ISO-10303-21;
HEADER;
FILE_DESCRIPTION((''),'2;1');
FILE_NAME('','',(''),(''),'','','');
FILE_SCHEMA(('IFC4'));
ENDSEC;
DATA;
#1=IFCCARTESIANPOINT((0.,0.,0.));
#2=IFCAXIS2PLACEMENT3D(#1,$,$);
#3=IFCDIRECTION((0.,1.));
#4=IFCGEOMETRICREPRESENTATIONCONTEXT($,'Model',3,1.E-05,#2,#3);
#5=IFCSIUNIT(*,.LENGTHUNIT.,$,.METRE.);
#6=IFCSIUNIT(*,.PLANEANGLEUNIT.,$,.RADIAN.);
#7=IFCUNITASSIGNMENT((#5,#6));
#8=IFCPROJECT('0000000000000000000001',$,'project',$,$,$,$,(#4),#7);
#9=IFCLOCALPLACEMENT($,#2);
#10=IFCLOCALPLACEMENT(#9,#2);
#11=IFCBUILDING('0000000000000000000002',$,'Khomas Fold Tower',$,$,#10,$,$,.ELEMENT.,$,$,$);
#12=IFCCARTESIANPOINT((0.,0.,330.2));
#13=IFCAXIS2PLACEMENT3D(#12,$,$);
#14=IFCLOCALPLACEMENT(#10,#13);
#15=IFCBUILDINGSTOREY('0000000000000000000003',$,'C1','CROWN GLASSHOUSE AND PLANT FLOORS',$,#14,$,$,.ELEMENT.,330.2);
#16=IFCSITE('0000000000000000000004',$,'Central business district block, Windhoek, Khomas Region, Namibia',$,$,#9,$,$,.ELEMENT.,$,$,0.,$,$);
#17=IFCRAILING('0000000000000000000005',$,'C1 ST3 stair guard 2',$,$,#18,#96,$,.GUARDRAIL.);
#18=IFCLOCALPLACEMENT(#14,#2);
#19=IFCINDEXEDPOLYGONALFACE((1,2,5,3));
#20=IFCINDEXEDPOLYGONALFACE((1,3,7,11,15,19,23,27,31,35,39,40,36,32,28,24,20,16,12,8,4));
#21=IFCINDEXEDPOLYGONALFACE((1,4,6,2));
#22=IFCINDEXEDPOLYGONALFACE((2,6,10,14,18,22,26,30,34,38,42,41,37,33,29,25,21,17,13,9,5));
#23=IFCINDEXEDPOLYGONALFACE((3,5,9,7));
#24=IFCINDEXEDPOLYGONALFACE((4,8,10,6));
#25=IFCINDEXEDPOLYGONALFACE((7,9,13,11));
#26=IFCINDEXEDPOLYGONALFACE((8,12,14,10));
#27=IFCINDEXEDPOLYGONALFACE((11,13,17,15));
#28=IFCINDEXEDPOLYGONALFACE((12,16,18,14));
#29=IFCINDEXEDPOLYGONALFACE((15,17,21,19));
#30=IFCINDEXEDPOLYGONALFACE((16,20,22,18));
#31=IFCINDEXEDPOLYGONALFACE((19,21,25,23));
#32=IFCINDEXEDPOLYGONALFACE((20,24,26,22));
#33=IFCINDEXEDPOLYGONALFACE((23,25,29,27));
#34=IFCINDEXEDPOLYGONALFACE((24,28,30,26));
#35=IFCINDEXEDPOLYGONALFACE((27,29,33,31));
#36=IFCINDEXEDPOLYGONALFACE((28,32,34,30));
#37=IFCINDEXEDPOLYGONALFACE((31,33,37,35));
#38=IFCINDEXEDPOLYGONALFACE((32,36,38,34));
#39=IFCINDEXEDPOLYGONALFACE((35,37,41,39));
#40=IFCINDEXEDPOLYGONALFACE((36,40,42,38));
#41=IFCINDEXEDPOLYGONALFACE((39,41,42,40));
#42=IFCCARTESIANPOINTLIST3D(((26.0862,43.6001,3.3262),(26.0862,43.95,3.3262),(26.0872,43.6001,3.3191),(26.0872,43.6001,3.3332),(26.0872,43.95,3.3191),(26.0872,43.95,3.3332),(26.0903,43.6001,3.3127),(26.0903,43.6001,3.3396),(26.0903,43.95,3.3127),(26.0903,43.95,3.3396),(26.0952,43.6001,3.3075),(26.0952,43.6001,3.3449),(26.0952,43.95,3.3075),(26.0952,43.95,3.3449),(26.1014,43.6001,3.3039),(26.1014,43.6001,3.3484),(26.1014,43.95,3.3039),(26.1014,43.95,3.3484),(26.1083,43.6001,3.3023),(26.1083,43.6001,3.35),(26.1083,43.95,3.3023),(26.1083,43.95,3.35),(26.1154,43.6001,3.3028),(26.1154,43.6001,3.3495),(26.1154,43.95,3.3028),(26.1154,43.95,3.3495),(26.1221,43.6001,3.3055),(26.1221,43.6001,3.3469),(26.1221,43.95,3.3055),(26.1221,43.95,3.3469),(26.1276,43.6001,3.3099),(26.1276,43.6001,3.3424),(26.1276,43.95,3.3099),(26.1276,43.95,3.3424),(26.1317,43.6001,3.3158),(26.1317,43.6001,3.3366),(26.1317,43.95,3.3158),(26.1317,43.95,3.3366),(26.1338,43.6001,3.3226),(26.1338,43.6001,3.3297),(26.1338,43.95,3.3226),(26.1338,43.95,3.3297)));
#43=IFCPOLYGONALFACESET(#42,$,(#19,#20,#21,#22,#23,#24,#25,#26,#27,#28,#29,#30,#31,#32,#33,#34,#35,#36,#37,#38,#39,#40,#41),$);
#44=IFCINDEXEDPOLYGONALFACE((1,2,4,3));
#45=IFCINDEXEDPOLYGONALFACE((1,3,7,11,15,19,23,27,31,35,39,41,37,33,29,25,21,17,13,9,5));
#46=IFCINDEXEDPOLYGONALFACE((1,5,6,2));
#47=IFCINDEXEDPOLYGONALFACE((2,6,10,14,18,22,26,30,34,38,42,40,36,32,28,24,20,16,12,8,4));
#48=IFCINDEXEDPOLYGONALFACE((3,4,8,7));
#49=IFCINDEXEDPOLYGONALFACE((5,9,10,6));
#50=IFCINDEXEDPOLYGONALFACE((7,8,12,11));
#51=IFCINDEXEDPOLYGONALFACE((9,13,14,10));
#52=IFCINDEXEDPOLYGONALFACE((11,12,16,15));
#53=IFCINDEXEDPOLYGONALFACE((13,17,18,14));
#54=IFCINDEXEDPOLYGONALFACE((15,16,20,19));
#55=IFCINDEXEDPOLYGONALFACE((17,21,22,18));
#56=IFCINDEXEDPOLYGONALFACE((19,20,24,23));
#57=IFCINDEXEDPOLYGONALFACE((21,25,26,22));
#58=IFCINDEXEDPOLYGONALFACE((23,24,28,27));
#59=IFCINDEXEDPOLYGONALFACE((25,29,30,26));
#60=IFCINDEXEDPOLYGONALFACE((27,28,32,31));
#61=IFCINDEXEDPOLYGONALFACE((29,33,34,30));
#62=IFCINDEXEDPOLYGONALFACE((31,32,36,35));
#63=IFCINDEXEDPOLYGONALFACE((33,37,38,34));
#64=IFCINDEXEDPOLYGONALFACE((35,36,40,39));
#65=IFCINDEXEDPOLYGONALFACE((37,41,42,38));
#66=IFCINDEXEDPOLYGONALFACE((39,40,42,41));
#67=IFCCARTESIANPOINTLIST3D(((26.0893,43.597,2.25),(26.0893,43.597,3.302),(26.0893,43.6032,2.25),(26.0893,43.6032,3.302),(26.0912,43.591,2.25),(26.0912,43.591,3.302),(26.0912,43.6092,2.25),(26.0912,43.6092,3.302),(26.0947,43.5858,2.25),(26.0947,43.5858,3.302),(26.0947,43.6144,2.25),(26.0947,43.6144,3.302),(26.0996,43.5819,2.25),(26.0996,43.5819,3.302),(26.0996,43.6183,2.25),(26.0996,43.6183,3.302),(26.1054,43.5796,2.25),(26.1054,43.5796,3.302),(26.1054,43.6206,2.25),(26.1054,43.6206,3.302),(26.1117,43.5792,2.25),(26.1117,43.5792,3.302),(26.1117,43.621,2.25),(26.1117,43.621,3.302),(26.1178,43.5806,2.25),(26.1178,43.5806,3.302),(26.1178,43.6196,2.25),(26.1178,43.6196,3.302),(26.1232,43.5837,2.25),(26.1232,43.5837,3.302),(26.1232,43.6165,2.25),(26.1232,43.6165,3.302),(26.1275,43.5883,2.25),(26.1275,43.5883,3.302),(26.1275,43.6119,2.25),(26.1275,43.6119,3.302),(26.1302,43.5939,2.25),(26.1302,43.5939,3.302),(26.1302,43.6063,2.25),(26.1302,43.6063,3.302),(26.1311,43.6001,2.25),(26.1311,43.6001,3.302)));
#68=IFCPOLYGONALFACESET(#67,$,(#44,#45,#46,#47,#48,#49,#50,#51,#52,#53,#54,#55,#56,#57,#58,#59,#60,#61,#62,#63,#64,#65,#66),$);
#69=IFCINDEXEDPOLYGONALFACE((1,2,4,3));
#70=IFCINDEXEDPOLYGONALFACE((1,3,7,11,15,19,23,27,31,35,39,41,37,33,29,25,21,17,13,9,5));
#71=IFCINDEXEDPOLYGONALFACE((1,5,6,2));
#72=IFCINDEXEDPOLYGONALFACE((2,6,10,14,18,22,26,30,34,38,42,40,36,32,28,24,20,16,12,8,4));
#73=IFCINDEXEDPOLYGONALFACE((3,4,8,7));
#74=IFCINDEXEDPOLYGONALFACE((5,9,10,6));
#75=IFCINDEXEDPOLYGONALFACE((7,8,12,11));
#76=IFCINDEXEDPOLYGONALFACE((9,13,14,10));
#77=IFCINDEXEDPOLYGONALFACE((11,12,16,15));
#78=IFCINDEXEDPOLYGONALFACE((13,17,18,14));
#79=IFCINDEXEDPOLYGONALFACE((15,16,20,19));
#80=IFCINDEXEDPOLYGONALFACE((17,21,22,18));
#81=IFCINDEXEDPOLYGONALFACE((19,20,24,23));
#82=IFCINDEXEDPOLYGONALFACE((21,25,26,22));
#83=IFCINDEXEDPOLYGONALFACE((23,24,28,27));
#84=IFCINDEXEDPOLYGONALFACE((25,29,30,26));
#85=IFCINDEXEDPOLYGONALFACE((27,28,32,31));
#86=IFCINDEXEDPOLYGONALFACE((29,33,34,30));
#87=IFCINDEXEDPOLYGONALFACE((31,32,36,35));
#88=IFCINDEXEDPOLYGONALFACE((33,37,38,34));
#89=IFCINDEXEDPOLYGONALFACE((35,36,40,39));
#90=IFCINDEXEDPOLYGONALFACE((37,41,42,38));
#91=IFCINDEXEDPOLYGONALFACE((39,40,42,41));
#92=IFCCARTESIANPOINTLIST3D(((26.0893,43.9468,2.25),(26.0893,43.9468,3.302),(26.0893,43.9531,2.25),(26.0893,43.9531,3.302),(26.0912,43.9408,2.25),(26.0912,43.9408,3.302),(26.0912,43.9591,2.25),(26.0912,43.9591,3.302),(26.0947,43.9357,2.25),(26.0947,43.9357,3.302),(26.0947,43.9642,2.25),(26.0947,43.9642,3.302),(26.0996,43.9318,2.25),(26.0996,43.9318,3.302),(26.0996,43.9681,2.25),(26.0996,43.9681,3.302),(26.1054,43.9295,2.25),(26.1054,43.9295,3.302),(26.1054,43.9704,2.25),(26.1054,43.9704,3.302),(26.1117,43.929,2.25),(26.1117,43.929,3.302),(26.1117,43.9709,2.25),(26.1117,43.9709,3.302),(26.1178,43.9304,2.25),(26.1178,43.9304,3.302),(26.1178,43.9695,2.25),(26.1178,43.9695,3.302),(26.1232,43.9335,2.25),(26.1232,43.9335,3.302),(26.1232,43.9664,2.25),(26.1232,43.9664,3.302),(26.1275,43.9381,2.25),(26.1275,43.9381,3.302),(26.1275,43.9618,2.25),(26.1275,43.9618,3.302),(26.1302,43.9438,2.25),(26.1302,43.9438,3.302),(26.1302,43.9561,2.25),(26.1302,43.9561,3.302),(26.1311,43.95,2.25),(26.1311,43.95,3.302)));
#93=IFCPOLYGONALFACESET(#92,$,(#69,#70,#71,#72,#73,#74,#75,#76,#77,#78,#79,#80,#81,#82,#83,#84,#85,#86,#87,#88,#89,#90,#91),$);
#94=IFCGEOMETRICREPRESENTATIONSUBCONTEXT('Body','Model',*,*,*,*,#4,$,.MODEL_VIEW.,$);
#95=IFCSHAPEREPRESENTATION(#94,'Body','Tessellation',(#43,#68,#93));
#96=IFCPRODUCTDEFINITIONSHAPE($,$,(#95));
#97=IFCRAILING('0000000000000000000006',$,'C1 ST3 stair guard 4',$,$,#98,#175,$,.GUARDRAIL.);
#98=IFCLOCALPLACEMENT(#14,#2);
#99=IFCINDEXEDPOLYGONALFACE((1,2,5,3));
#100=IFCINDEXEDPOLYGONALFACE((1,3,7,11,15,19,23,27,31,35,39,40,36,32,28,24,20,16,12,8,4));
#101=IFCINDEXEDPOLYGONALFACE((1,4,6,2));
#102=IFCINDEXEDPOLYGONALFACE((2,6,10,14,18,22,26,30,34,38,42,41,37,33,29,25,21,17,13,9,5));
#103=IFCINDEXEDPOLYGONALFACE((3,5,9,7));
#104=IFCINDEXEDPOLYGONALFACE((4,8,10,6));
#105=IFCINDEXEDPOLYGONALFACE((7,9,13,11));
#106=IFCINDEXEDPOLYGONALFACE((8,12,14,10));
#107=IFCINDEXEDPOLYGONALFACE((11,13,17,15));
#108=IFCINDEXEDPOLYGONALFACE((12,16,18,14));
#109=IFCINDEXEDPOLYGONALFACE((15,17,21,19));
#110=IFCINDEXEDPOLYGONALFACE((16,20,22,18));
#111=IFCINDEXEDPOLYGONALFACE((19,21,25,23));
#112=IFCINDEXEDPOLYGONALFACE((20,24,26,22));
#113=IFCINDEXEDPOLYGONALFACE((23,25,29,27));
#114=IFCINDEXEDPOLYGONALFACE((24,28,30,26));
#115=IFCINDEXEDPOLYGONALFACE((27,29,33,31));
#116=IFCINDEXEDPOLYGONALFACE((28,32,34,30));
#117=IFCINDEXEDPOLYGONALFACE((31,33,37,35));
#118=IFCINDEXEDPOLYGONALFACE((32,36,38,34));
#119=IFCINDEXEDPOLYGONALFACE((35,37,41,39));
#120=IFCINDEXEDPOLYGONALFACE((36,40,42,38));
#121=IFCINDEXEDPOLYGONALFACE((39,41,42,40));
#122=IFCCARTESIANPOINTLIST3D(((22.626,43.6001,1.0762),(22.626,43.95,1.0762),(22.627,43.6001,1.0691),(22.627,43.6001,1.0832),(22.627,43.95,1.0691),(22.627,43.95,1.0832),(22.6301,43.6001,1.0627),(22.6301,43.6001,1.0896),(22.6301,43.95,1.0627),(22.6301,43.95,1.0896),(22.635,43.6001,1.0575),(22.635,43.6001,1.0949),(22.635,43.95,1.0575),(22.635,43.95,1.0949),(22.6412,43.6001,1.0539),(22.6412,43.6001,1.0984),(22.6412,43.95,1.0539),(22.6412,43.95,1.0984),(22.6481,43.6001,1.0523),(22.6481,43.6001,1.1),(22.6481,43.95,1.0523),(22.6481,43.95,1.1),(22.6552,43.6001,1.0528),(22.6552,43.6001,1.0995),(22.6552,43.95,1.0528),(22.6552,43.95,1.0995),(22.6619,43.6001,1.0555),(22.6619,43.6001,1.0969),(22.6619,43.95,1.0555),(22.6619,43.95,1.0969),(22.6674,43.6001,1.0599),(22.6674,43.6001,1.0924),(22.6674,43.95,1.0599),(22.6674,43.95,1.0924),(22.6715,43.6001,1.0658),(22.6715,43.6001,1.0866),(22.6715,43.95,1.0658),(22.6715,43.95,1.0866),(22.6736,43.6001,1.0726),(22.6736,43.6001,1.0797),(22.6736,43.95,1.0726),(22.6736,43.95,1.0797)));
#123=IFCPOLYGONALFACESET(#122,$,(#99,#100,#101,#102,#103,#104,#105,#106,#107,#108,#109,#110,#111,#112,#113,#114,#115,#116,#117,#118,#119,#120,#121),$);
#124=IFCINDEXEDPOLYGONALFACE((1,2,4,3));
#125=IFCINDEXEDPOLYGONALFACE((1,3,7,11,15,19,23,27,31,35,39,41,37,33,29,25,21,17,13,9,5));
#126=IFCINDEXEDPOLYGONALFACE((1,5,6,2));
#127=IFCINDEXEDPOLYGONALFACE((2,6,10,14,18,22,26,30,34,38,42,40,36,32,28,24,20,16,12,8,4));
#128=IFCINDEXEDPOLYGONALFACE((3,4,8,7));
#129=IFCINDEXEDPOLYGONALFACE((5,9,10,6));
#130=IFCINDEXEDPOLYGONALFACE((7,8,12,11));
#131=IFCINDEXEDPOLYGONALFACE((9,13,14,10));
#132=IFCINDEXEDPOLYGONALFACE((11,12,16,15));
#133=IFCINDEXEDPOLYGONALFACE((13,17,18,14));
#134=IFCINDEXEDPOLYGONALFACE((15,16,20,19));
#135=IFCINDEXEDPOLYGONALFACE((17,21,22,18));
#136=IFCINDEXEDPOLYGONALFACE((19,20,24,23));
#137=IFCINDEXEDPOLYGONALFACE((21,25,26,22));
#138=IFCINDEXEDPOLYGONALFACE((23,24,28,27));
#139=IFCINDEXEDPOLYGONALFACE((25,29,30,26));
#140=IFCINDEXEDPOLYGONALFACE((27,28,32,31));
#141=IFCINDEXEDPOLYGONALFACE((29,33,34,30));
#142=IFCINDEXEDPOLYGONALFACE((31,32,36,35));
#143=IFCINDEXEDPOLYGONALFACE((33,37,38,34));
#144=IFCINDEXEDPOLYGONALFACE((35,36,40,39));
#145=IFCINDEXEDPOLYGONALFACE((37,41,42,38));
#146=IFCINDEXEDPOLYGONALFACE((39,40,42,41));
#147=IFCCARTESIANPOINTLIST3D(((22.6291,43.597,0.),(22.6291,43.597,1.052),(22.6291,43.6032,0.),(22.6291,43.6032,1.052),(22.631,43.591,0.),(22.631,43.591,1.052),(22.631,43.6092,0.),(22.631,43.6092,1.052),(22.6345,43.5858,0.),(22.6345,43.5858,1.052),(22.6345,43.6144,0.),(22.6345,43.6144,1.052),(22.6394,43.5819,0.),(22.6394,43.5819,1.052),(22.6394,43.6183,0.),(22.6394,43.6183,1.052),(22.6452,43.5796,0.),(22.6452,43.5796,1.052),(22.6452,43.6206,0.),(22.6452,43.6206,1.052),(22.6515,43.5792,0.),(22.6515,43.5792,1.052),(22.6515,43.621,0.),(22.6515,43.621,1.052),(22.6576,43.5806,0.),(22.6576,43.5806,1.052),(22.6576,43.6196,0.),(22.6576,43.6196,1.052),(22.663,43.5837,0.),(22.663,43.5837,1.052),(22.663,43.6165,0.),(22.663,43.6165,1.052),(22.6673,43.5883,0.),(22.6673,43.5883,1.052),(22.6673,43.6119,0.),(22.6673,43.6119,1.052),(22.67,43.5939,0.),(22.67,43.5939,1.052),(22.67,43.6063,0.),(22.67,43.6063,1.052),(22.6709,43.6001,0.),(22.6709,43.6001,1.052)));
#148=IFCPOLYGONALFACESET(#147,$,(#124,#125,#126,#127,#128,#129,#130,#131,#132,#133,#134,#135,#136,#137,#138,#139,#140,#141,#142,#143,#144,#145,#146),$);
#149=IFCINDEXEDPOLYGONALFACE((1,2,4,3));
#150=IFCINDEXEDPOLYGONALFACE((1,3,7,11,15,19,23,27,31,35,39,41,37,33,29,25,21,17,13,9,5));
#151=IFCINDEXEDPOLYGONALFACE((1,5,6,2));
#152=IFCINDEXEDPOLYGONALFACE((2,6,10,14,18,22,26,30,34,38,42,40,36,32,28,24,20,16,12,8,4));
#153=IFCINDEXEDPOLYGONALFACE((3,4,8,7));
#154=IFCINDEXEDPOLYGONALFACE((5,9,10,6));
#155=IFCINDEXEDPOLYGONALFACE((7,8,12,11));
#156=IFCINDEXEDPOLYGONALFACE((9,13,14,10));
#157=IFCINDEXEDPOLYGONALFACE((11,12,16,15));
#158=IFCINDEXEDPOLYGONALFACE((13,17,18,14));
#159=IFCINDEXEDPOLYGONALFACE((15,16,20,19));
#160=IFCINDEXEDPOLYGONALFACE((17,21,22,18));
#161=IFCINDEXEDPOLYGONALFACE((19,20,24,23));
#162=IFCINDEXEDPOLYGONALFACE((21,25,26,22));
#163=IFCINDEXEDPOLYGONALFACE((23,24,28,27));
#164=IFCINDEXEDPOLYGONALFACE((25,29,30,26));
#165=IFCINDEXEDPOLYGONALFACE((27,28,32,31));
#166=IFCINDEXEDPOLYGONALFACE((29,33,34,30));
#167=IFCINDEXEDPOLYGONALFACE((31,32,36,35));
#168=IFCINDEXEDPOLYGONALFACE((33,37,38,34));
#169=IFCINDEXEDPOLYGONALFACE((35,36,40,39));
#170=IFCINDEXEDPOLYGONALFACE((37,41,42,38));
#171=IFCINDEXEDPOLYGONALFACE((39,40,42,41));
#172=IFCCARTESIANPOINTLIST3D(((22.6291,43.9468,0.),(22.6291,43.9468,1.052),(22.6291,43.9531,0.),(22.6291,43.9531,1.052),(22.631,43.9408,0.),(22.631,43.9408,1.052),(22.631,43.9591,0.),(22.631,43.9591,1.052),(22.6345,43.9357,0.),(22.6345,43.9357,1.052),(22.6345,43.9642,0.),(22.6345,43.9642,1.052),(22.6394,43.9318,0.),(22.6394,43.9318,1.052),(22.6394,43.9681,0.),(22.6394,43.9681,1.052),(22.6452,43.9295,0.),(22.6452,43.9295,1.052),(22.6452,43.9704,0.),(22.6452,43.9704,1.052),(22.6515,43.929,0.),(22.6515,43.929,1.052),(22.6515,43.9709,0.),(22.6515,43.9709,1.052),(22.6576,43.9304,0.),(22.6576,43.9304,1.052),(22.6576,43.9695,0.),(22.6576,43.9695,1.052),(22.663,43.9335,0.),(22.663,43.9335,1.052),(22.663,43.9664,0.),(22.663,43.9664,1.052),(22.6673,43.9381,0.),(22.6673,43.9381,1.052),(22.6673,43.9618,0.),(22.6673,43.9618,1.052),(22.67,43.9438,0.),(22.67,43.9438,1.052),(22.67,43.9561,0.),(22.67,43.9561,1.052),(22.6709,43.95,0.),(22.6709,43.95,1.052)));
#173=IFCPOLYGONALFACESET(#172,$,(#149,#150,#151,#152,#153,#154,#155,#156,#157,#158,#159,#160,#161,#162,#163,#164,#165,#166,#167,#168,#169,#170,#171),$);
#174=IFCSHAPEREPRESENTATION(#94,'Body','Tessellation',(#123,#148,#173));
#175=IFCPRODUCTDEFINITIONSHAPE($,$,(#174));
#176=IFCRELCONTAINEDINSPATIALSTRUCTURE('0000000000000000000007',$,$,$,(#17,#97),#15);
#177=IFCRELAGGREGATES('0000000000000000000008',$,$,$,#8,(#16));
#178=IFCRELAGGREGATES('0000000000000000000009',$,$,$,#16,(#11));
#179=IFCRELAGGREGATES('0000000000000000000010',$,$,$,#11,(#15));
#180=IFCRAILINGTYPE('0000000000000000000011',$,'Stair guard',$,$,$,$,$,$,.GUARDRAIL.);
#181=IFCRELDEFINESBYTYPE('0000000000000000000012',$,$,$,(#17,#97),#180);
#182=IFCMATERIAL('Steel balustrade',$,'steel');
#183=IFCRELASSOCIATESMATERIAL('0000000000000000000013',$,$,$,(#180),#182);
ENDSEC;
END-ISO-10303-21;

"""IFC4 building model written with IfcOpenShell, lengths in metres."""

from ifc_helpers import new_model, si_unit, direction, frame, origin, origin_2d, place, context, subcontext, project, spatial, circle, extrude, source, transform, mapped, material, type_object, element, save


model = new_model("IFC4")

# Units and contexts
model_context = context("Model", 3, precision=1e-05, world=origin(), true_north=direction((0.0, 1.0)))
body_context = subcontext(model_context, "Body", "Model", "MODEL_VIEW")
ifc_project = project(units=[si_unit("LENGTHUNIT", "METRE"), si_unit("PLANEANGLEUNIT", "RADIAN")], contexts=[model_context])

# Site, building, storey
site_placement = place(None, origin())
site = spatial("IfcSite", under=ifc_project, at=site_placement, Name="Central business district block, Windhoek, Khomas Region, Namibia", CompositionType="ELEMENT", RefElevation=0.0)
building_placement = place(site_placement, origin())
building = spatial("IfcBuilding", under=site, at=building_placement, Name="Khomas Fold Tower", CompositionType="ELEMENT")
storey_placement = place(building_placement, frame((0.0, 0.0, 330.2)))
storey = spatial("IfcBuildingStorey", under=building, at=storey_placement, Name="C1", Description="CROWN GLASSHOUSE AND PLANT FLOORS", CompositionType="ELEMENT", Elevation=330.2)

# Railings
ifc_material_1 = material(Name="Steel balustrade", Category="steel")
railing_type_1 = type_object("IfcRailingType", Name="Stair guard", PredefinedType="GUARDRAIL", material=ifc_material_1)
shared_shape_1 = source(origin(), body_context, "Body", "SweptSolid", [
    extrude(circle(Radius=0.0239, at=origin_2d()), frame((0.0, 0.0, 1.0762), z_axis=(0.0, 1.0, 0.0), x_axis=(-1.0, 0.0, 0.0)), (0.0, 0.0, 1.0), 0.3499),
    extrude(circle(Radius=0.021, at=origin_2d()), origin(), (0.0, 0.0, 1.0), 1.052),
    extrude(circle(Radius=0.021, at=origin_2d()), frame((0.0, 0.3499, 0.0)), (0.0, 0.0, 1.0), 1.052),
])
for number, where, name in (
    (1, (26.1101, 43.6001, 2.25), "C1 ST3 stair guard 2"),
    (2, (22.6499, 43.6001, 0.0), "C1 ST3 stair guard 4"),
):
    element("IfcRailing", number, at=place(storey_placement, frame(where)), inside=storey, type_object=railing_type_1, Name=name, PredefinedType="GUARDRAIL", context=body_context, shape_type="MappedRepresentation", body=[
        mapped(shared_shape_1, transform((0.0, 0.0, 0.0))),
    ])

save(model, "model.ifc")
